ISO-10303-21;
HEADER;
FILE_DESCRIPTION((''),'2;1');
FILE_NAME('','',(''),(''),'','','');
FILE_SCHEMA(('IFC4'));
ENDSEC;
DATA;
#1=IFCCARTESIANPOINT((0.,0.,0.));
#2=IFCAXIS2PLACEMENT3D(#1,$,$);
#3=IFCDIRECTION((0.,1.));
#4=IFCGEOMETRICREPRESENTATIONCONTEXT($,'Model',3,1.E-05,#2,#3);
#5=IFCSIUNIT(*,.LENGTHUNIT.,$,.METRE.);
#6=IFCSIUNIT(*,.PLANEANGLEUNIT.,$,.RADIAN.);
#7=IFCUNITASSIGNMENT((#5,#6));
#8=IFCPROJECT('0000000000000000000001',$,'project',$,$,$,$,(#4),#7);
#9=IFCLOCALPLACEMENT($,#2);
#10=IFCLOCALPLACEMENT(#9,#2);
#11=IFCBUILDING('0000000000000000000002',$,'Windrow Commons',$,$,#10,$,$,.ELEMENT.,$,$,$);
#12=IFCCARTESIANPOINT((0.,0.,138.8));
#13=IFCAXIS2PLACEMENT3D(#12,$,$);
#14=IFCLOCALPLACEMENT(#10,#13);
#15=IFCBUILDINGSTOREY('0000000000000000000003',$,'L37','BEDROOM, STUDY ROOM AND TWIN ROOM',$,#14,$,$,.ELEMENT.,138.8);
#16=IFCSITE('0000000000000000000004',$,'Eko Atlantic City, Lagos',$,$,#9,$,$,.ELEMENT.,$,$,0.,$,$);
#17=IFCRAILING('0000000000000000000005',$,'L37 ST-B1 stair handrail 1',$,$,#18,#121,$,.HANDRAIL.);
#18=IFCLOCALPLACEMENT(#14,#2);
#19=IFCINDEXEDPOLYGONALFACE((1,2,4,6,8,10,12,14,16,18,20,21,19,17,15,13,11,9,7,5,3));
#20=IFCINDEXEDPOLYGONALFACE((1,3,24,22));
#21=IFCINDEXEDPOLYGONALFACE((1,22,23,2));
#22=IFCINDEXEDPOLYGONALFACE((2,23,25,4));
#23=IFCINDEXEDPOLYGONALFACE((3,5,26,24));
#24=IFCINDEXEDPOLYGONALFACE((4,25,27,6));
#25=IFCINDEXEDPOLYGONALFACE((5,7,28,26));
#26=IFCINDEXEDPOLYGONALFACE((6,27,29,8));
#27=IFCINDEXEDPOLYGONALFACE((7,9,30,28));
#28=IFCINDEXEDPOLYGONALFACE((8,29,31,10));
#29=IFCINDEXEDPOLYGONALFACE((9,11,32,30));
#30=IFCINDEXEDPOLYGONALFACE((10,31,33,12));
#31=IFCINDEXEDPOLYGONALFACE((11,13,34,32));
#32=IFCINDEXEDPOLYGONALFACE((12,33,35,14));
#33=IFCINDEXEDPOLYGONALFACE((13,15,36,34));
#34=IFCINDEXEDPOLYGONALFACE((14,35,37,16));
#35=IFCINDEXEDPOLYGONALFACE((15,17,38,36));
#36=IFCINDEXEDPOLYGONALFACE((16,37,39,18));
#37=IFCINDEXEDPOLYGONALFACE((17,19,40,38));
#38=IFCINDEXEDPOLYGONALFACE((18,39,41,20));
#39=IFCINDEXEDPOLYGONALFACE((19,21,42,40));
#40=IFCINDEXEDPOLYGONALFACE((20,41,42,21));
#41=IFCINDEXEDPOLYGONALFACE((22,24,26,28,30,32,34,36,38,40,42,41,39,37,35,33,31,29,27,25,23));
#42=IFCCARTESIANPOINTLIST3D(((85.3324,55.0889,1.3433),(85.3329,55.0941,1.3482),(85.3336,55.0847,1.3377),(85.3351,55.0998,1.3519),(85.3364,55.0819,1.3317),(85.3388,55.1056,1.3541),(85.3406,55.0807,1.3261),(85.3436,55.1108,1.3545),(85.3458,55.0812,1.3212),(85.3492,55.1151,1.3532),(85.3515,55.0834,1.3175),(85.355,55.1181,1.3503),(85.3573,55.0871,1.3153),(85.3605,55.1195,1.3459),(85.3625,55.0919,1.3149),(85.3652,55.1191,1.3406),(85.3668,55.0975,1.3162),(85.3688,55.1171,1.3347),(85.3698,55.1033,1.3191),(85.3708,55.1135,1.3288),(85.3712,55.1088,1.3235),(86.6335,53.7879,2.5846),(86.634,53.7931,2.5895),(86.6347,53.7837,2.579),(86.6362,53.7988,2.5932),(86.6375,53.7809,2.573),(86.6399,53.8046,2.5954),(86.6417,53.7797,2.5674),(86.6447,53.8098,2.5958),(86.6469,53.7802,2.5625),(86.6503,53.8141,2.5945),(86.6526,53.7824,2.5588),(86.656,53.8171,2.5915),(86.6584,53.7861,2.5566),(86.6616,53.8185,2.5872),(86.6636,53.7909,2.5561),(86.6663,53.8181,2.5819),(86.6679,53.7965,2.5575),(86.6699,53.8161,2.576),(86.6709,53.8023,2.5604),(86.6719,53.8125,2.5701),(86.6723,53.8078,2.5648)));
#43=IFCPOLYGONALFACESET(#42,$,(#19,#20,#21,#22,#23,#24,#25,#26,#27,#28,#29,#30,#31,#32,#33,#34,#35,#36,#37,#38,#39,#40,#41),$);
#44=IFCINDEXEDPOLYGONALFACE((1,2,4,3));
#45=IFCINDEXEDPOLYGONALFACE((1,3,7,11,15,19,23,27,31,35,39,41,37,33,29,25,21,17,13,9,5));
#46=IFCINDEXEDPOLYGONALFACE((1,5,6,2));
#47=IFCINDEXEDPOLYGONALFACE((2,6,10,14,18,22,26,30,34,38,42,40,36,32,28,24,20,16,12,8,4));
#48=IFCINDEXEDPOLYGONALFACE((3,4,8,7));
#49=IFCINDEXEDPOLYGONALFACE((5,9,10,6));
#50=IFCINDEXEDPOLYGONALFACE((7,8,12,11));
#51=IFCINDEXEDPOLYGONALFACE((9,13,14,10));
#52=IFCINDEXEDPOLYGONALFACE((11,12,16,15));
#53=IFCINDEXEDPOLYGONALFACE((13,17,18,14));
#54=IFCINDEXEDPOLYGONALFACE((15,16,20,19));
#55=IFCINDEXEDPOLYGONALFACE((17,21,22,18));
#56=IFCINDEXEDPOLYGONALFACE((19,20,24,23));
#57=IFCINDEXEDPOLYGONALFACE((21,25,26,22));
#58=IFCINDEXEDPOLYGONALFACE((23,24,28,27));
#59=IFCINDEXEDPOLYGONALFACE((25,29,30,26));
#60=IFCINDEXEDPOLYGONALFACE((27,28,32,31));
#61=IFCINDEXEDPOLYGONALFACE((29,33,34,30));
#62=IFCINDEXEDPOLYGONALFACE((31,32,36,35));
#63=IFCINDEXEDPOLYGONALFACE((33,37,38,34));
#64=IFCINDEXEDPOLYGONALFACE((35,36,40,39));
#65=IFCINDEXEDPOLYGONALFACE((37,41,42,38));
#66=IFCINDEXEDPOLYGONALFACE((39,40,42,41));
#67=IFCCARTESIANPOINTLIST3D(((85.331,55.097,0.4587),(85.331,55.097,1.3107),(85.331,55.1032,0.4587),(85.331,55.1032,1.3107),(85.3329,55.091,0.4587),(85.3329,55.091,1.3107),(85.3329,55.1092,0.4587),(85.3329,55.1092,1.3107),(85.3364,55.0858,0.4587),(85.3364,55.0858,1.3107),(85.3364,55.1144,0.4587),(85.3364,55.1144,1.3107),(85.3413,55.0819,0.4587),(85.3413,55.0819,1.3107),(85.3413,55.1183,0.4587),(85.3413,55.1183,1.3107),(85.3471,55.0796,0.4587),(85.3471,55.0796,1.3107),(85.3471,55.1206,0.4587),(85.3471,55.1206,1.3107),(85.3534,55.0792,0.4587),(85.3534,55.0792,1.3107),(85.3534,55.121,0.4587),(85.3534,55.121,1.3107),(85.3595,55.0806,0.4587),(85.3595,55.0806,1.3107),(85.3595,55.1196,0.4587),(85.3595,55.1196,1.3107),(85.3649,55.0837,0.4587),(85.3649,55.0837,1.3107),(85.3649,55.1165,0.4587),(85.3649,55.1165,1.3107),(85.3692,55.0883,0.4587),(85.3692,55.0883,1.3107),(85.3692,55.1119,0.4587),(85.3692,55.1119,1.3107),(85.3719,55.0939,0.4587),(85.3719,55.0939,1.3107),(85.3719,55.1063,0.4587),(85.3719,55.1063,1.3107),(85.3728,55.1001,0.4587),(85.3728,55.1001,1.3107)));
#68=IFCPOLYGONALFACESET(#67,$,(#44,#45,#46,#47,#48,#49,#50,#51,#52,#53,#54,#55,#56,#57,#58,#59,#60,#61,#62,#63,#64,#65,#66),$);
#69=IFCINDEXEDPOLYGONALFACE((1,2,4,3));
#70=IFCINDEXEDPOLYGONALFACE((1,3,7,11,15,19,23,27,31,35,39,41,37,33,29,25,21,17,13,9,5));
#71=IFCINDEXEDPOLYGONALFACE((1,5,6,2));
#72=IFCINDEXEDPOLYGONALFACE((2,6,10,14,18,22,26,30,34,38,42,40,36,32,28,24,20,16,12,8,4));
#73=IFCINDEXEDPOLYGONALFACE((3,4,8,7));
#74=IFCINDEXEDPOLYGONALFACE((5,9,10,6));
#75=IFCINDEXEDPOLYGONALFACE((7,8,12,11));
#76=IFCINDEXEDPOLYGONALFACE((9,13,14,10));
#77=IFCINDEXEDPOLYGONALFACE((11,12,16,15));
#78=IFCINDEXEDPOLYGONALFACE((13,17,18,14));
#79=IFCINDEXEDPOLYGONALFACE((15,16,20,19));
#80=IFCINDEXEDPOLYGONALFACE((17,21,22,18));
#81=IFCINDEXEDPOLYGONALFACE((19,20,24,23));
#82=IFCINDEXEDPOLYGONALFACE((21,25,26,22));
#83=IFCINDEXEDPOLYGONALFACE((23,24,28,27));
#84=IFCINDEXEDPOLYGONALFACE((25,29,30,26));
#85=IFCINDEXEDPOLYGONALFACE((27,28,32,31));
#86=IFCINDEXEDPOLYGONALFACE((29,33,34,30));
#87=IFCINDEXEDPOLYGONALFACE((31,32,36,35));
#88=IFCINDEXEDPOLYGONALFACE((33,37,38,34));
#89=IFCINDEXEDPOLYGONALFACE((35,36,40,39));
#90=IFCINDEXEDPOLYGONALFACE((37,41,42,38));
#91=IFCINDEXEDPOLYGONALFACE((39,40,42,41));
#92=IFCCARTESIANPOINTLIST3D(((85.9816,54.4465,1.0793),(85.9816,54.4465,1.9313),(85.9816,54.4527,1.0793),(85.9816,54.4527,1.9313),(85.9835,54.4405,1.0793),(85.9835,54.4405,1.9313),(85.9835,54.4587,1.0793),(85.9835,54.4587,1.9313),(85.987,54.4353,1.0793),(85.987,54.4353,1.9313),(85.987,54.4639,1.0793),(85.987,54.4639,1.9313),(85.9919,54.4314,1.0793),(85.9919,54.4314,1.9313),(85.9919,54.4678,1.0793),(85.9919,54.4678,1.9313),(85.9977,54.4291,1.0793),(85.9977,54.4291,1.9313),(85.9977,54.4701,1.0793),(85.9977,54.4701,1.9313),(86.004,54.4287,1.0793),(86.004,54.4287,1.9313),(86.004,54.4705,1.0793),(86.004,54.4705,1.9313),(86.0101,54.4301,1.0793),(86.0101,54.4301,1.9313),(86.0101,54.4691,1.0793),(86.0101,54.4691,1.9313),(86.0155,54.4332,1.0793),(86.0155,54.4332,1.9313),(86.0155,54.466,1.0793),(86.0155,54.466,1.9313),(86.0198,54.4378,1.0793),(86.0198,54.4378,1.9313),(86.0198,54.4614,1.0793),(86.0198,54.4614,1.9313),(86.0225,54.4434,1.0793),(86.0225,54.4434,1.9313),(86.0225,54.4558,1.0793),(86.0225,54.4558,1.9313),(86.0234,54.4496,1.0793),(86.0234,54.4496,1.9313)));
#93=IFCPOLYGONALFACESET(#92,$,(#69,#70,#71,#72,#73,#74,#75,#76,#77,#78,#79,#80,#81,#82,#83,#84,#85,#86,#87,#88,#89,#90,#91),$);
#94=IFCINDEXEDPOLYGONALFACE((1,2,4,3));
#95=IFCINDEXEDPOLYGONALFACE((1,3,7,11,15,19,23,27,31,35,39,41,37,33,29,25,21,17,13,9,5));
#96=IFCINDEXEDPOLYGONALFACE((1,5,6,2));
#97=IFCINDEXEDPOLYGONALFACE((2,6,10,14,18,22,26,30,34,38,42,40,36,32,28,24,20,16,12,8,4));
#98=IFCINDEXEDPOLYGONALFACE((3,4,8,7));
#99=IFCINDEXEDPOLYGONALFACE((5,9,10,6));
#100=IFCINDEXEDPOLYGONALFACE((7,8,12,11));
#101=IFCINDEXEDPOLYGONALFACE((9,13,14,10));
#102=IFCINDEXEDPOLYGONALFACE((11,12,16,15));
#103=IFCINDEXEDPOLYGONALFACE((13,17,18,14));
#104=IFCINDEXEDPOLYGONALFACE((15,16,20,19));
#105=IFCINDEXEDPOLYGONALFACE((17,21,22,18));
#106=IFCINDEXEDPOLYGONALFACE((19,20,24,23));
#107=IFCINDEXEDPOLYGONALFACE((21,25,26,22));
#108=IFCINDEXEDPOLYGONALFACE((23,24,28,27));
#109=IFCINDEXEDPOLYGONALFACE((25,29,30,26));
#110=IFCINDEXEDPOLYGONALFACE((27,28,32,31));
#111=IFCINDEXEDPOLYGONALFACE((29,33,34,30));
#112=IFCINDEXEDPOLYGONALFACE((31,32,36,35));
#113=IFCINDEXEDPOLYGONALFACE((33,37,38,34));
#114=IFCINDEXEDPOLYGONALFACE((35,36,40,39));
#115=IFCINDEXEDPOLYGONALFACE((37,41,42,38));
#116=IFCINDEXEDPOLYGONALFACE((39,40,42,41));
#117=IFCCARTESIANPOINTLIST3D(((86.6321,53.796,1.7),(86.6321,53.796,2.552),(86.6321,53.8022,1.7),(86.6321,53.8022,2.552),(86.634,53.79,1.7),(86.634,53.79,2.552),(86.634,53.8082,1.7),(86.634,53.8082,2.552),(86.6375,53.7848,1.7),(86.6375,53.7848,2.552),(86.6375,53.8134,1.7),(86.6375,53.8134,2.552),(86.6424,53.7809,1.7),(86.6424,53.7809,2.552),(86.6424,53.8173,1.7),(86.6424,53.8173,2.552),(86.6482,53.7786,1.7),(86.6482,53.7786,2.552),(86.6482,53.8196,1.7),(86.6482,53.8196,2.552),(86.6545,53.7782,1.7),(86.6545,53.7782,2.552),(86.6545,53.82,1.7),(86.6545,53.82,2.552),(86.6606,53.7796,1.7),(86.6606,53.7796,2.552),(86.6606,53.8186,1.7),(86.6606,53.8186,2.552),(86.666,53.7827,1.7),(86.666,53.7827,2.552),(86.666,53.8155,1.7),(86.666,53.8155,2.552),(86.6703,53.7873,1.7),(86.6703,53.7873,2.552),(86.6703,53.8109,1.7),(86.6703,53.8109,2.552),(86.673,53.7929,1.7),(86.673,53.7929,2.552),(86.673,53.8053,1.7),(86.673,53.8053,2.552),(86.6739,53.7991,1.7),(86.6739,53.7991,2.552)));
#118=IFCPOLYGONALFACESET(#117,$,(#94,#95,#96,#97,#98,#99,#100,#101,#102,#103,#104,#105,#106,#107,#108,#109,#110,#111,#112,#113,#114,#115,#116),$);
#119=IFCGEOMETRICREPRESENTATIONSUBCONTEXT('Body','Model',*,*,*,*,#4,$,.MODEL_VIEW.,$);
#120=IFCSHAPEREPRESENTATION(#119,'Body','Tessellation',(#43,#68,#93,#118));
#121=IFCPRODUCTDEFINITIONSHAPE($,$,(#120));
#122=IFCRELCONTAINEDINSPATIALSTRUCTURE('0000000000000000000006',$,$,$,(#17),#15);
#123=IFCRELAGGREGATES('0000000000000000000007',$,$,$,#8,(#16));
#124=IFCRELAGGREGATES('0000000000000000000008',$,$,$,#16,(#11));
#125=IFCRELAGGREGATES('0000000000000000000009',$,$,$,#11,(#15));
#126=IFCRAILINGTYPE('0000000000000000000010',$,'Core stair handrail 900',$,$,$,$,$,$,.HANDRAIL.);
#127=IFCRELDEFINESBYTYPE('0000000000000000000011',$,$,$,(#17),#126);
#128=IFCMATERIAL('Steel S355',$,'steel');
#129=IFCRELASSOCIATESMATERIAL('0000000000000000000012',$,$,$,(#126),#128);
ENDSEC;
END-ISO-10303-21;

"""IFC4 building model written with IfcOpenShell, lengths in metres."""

from ifc_helpers import new_model, si_unit, direction, frame, origin, origin_2d, place, context, subcontext, project, spatial, circle, extrude, material, type_object, element, save


model = new_model("IFC4")

# Units and contexts
model_context = context("Model", 3, precision=1e-05, world=origin(), true_north=direction((0.0, 1.0)))
body_context = subcontext(model_context, "Body", "Model", "MODEL_VIEW")
ifc_project = project(units=[si_unit("LENGTHUNIT", "METRE"), si_unit("PLANEANGLEUNIT", "RADIAN")], contexts=[model_context])

# Site, building, storey
site_placement = place(None, origin())
site = spatial("IfcSite", under=ifc_project, at=site_placement, Name="Eko Atlantic City, Lagos", CompositionType="ELEMENT", RefElevation=0.0)
building_placement = place(site_placement, origin())
building = spatial("IfcBuilding", under=site, at=building_placement, Name="Windrow Commons", CompositionType="ELEMENT")
storey_placement = place(building_placement, frame((0.0, 0.0, 138.8)))
storey = spatial("IfcBuildingStorey", under=building, at=storey_placement, Name="L37", Description="BEDROOM, STUDY ROOM AND TWIN ROOM", CompositionType="ELEMENT", Elevation=138.8)

# Railing
ifc_material_1 = material(Name="Steel S355", Category="steel")
railing_type_1 = type_object("IfcRailingType", Name="Core stair handrail 900", PredefinedType="HANDRAIL", material=ifc_material_1)
railing_1_placement = place(storey_placement, frame((85.3518, 55.1001, 0.4587)))
element("IfcRailing", 1, at=railing_1_placement, inside=storey, type_object=railing_type_1, Name="L37 ST-B1 stair handrail 1", PredefinedType="HANDRAIL", context=body_context, shape_type="SweptSolid", body=[
    extrude(circle(Radius=0.024, at=origin_2d()), frame((0.0, 0.0, 0.876), z_axis=(0.586207, -0.586162, 0.559264), x_axis=(0.70708, 0.707134, 0.0)), (0.0, 0.0, 1.0), 2.2195),
    extrude(circle(Radius=0.021, at=origin_2d()), origin(), (0.0, 0.0, 1.0), 0.852),
    extrude(circle(Radius=0.021, at=origin_2d()), frame((0.6506, -0.6505, 0.6206)), (0.0, 0.0, 1.0), 0.852),
    extrude(circle(Radius=0.021, at=origin_2d()), frame((1.3011, -1.301, 1.2413)), (0.0, 0.0, 1.0), 0.852),
])

save(model, "model.ifc")
